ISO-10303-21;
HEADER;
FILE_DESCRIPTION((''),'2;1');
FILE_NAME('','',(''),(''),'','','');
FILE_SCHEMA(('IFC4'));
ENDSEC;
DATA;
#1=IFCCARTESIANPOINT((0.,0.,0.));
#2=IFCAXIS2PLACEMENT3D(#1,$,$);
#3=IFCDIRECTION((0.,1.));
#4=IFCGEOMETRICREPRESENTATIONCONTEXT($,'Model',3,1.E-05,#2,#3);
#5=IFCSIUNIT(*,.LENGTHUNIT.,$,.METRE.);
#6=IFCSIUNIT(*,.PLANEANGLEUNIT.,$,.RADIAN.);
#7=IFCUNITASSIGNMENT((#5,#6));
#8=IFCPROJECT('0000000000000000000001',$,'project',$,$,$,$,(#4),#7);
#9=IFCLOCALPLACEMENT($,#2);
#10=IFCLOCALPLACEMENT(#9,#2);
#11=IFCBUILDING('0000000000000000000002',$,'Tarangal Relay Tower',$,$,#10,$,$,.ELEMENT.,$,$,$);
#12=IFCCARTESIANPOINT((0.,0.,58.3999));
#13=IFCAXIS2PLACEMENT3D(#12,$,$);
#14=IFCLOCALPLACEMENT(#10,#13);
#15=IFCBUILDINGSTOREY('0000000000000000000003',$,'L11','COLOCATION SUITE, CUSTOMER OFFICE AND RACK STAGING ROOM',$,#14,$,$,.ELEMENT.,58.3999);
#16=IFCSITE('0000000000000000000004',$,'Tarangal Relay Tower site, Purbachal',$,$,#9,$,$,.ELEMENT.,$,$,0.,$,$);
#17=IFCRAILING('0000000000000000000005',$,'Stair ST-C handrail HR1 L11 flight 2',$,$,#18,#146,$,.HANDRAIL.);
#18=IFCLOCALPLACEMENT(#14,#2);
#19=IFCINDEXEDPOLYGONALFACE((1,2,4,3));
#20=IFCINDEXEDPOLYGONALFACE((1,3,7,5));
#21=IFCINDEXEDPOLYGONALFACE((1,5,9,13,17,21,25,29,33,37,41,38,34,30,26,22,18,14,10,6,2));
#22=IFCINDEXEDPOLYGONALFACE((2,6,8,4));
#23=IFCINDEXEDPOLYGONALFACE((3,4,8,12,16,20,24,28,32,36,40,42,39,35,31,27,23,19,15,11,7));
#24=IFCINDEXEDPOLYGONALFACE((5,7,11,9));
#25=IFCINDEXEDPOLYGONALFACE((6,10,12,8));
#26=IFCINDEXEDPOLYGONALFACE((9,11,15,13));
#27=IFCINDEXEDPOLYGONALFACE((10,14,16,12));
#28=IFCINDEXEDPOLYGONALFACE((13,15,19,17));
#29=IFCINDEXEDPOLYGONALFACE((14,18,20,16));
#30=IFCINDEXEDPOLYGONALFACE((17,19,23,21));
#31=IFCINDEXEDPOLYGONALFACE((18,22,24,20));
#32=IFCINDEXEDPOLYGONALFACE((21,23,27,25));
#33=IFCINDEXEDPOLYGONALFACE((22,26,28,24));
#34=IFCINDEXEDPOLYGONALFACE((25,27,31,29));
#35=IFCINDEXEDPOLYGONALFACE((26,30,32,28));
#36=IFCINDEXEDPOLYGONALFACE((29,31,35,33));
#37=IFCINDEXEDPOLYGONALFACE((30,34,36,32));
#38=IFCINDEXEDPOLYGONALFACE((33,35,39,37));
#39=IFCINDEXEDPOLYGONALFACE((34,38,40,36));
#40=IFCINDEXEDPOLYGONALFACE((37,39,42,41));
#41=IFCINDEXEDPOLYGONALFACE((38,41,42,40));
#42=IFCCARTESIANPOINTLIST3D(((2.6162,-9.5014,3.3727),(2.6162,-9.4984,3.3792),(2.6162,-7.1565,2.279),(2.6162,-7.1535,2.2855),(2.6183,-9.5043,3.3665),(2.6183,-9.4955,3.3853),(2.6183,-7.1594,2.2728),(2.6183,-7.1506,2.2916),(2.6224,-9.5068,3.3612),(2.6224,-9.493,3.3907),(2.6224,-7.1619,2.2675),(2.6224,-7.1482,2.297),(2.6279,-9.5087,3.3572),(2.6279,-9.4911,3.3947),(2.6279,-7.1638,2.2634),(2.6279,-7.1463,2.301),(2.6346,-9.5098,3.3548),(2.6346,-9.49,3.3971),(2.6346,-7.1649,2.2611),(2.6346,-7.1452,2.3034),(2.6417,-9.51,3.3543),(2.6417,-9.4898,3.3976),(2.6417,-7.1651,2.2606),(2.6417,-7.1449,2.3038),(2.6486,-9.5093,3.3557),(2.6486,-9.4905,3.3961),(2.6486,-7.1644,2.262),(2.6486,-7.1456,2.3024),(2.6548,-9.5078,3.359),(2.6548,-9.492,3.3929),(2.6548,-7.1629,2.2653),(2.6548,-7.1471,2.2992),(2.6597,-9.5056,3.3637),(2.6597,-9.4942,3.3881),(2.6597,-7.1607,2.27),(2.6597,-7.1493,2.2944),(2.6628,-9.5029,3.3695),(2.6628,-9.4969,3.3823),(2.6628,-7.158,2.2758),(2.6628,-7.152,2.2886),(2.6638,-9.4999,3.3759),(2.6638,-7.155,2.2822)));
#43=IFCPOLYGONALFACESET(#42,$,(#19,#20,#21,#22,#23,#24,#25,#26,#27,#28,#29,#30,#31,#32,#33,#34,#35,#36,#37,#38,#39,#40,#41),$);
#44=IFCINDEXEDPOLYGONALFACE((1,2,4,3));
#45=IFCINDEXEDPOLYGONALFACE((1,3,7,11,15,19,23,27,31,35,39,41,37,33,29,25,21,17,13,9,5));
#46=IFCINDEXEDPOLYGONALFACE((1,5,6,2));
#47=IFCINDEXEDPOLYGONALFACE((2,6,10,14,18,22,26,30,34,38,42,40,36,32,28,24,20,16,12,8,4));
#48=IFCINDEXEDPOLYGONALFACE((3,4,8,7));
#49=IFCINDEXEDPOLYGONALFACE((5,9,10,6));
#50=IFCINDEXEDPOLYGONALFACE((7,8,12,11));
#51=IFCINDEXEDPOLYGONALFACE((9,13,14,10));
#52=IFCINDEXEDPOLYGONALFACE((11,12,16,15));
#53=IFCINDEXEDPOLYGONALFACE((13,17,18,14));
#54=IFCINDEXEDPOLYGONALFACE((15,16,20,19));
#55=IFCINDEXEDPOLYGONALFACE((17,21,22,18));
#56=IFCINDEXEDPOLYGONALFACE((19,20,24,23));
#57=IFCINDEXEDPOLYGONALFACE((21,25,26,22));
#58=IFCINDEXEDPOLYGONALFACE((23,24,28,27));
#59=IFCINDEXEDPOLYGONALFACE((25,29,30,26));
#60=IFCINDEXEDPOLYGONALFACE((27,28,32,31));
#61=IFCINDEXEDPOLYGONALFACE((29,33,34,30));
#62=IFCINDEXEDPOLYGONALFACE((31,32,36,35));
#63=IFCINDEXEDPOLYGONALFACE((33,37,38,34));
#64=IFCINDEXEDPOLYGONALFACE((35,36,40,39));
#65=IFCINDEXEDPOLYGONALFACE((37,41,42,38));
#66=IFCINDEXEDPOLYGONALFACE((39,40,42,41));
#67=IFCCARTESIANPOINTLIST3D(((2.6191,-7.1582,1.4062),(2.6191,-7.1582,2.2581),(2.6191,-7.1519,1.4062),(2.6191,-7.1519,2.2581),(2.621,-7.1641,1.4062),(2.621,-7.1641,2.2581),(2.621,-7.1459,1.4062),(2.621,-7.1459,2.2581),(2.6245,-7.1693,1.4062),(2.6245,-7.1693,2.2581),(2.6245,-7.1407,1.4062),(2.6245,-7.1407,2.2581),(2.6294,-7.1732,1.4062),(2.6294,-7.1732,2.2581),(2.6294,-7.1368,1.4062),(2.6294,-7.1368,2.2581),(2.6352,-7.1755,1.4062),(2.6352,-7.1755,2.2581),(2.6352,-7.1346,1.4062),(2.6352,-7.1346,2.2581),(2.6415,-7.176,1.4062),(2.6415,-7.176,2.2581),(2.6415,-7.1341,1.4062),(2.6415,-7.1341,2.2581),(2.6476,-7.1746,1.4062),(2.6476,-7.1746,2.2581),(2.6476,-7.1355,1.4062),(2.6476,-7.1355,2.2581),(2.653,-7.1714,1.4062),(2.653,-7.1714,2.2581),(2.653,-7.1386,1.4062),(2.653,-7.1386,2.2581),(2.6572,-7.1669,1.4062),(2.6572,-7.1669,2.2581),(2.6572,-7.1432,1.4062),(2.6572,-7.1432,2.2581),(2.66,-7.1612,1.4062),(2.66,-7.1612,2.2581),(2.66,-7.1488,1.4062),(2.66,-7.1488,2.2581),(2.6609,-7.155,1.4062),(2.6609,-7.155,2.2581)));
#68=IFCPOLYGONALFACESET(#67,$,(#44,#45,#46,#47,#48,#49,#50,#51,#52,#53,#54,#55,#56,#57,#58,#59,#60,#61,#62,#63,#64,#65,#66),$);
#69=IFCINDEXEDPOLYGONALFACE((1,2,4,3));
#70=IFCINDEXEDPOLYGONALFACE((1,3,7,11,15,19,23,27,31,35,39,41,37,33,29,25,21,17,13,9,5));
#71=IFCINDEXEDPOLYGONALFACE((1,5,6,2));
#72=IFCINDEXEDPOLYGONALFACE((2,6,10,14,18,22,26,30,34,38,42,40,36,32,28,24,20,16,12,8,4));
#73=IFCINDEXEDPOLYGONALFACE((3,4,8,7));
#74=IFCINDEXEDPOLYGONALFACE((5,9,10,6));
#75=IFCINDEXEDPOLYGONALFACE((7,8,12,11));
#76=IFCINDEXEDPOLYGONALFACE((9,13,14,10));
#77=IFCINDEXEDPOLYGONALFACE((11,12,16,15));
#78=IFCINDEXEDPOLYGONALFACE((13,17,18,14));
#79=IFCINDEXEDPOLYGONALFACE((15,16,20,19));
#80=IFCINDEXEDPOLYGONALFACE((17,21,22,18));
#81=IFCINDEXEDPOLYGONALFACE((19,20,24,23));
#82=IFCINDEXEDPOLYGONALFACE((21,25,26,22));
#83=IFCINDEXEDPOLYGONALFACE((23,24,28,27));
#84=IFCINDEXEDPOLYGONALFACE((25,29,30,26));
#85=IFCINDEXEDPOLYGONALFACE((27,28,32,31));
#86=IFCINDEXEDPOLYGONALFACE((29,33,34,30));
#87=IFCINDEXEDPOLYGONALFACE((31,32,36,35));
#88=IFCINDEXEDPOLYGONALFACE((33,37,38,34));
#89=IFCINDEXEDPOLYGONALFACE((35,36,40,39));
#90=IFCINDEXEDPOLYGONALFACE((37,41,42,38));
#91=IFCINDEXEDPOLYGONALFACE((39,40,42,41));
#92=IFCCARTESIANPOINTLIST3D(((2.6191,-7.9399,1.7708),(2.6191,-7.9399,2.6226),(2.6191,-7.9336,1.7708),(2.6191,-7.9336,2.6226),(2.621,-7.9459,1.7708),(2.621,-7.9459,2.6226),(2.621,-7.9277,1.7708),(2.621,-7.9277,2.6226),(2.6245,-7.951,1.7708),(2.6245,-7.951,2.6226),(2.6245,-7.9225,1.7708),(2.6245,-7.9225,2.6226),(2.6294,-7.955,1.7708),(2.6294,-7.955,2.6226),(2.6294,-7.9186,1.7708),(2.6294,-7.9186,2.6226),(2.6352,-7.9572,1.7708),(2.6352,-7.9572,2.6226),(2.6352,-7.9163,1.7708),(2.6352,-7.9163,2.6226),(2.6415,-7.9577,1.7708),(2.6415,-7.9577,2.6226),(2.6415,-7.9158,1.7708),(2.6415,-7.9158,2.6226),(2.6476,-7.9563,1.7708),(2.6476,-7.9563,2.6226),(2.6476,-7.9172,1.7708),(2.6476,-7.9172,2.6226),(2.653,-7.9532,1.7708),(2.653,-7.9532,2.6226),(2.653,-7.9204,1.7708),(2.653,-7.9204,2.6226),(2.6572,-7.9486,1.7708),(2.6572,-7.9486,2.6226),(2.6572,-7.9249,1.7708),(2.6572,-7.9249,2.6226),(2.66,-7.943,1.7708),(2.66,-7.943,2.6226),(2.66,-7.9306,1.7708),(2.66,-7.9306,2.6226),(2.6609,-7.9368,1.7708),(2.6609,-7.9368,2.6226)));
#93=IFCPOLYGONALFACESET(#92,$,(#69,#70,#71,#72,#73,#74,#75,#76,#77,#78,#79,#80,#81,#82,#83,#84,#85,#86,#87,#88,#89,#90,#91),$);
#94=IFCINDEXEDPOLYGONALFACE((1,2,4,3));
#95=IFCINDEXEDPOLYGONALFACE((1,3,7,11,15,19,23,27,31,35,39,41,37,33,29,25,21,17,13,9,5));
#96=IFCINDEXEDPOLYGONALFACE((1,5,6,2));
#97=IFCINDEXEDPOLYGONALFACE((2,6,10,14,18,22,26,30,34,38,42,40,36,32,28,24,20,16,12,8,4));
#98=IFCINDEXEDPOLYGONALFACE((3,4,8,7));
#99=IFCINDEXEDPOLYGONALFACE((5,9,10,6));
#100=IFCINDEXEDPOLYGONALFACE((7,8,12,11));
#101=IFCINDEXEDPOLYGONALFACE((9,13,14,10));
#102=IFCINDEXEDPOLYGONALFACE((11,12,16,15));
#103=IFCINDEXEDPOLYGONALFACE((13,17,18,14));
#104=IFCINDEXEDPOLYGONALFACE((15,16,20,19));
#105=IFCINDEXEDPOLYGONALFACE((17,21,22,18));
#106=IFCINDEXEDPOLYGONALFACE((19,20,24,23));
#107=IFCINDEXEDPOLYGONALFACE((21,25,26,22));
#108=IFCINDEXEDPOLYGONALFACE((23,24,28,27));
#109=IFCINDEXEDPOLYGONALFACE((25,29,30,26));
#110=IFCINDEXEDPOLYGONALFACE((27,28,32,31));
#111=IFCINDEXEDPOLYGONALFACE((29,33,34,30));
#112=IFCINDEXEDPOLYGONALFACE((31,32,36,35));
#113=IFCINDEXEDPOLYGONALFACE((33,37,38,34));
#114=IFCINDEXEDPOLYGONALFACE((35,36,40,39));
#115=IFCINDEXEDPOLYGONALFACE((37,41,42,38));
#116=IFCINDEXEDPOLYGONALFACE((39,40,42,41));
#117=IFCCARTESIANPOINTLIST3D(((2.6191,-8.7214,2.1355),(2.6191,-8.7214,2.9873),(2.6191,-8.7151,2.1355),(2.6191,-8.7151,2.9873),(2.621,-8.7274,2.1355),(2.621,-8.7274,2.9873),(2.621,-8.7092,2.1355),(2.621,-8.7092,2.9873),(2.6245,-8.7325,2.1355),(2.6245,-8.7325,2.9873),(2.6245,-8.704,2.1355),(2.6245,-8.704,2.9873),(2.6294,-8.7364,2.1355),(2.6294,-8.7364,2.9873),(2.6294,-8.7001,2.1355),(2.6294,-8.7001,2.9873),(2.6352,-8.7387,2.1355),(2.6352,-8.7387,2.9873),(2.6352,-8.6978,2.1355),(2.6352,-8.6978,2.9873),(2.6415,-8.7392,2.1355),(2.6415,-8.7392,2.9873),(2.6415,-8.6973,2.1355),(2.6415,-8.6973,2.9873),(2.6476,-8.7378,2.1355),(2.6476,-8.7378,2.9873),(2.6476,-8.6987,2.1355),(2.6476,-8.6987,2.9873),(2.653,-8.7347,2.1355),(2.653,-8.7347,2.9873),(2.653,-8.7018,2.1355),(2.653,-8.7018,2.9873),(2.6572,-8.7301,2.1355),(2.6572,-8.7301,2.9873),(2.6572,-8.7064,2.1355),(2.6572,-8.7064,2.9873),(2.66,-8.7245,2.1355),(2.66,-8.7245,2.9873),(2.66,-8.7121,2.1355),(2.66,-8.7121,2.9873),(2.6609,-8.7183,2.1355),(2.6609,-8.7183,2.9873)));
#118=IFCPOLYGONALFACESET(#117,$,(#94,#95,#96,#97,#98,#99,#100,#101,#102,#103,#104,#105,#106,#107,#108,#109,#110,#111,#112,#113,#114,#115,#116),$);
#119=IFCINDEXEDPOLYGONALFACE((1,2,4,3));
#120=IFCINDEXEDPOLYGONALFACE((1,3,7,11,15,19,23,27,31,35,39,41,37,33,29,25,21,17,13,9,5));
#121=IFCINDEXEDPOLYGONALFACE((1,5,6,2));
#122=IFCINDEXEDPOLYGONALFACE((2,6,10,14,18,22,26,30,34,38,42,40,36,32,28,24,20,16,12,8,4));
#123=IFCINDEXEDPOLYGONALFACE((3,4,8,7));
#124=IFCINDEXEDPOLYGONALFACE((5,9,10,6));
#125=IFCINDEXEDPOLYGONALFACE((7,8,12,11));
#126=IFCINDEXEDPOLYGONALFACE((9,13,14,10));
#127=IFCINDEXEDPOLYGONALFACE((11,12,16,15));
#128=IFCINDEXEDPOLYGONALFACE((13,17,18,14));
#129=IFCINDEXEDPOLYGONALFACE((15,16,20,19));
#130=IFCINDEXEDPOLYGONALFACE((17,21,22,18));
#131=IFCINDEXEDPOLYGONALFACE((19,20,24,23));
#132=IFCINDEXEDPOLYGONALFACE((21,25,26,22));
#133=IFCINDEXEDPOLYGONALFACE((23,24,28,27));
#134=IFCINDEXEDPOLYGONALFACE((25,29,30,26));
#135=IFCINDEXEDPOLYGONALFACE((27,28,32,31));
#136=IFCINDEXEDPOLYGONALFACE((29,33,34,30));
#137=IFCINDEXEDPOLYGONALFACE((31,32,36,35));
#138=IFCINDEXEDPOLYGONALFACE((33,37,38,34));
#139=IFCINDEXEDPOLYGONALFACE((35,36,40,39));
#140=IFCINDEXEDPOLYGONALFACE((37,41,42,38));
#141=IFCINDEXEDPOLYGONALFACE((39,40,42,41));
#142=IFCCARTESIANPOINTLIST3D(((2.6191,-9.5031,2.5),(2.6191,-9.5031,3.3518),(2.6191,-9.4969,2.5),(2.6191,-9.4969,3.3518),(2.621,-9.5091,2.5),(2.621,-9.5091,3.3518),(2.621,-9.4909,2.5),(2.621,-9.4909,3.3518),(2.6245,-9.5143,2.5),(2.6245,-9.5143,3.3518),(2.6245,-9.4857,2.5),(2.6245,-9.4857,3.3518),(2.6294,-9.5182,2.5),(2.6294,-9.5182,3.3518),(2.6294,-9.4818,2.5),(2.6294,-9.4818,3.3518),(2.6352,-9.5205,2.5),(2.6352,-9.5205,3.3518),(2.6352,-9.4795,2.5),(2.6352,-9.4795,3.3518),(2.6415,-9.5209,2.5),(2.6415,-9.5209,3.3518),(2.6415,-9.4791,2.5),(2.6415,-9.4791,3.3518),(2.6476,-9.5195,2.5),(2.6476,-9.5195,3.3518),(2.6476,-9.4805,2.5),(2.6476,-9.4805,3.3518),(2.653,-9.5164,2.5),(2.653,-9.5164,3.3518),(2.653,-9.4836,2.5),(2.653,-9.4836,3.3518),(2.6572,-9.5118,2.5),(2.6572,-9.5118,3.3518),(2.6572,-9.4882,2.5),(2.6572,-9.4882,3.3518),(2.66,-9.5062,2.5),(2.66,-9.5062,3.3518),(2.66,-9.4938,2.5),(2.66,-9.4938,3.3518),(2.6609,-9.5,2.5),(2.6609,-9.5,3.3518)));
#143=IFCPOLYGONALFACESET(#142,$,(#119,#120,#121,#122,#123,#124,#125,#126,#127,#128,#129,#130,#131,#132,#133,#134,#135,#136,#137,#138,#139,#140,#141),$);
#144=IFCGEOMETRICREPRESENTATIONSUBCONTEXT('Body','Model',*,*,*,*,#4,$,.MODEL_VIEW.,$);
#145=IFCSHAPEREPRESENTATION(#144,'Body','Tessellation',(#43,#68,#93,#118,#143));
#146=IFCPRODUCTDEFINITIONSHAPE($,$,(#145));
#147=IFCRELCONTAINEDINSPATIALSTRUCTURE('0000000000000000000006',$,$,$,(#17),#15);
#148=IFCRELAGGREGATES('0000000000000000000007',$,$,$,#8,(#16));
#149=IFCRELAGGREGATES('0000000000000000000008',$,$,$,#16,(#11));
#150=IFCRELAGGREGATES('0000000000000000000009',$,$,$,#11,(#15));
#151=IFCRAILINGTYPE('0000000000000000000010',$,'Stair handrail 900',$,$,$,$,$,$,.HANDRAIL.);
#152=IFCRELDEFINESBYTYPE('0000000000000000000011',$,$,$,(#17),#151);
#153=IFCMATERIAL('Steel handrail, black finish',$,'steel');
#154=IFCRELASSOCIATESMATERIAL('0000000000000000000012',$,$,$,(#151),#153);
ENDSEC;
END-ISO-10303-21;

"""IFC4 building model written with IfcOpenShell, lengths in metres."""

from ifc_helpers import new_model, si_unit, direction, frame, origin, origin_2d, place, context, subcontext, project, spatial, circle, extrude, material, type_object, element, save


model = new_model("IFC4")

# Units and contexts
model_context = context("Model", 3, precision=1e-05, world=origin(), true_north=direction((0.0, 1.0)))
body_context = subcontext(model_context, "Body", "Model", "MODEL_VIEW")
ifc_project = project(units=[si_unit("LENGTHUNIT", "METRE"), si_unit("PLANEANGLEUNIT", "RADIAN")], contexts=[model_context])

# Site, building, storey
site_placement = place(None, origin())
site = spatial("IfcSite", under=ifc_project, at=site_placement, Name="Tarangal Relay Tower site, Purbachal", CompositionType="ELEMENT", RefElevation=0.0)
building_placement = place(site_placement, origin())
building = spatial("IfcBuilding", under=site, at=building_placement, Name="Tarangal Relay Tower", CompositionType="ELEMENT")
storey_placement = place(building_placement, frame((0.0, 0.0, 58.3999)))
storey = spatial("IfcBuildingStorey", under=building, at=storey_placement, Name="L11", Description="COLOCATION SUITE, CUSTOMER OFFICE AND RACK STAGING ROOM", CompositionType="ELEMENT", Elevation=58.3999)

# Railing
ifc_material_1 = material(Name="Steel handrail, black finish", Category="steel")
railing_type_1 = type_object("IfcRailingType", Name="Stair handrail 900", PredefinedType="HANDRAIL", material=ifc_material_1)
for number, where, name in (
    (1, (2.6399, -7.155, 1.4062), "Stair ST-C handrail HR1 L11 flight 2"),
):
    element("IfcRailing", number, at=place(storey_placement, frame(where)), inside=storey, type_object=railing_type_1, Name=name, PredefinedType="HANDRAIL", context=body_context, shape_type="SweptSolid", body=[
        extrude(circle(Radius=0.0239, at=origin_2d()), frame((0.0, 0.0, 0.876), z_axis=(0.0, -0.906267, 0.422705), x_axis=(1.0, 0.0, 0.0)), (0.0, 0.0, 1.0), 2.5874),
        extrude(circle(Radius=0.021, at=origin_2d()), origin(), (0.0, 0.0, 1.0), 0.8518),
        extrude(circle(Radius=0.021, at=origin_2d()), frame((0.0, -0.7817, 0.3645)), (0.0, 0.0, 1.0), 0.8518),
        extrude(circle(Radius=0.021, at=origin_2d()), frame((0.0, -1.5632, 0.7292)), (0.0, 0.0, 1.0), 0.8518),
        extrude(circle(Radius=0.021, at=origin_2d()), frame((0.0, -2.345, 1.0938)), (0.0, 0.0, 1.0), 0.8518),
    ])

save(model, "model.ifc")
